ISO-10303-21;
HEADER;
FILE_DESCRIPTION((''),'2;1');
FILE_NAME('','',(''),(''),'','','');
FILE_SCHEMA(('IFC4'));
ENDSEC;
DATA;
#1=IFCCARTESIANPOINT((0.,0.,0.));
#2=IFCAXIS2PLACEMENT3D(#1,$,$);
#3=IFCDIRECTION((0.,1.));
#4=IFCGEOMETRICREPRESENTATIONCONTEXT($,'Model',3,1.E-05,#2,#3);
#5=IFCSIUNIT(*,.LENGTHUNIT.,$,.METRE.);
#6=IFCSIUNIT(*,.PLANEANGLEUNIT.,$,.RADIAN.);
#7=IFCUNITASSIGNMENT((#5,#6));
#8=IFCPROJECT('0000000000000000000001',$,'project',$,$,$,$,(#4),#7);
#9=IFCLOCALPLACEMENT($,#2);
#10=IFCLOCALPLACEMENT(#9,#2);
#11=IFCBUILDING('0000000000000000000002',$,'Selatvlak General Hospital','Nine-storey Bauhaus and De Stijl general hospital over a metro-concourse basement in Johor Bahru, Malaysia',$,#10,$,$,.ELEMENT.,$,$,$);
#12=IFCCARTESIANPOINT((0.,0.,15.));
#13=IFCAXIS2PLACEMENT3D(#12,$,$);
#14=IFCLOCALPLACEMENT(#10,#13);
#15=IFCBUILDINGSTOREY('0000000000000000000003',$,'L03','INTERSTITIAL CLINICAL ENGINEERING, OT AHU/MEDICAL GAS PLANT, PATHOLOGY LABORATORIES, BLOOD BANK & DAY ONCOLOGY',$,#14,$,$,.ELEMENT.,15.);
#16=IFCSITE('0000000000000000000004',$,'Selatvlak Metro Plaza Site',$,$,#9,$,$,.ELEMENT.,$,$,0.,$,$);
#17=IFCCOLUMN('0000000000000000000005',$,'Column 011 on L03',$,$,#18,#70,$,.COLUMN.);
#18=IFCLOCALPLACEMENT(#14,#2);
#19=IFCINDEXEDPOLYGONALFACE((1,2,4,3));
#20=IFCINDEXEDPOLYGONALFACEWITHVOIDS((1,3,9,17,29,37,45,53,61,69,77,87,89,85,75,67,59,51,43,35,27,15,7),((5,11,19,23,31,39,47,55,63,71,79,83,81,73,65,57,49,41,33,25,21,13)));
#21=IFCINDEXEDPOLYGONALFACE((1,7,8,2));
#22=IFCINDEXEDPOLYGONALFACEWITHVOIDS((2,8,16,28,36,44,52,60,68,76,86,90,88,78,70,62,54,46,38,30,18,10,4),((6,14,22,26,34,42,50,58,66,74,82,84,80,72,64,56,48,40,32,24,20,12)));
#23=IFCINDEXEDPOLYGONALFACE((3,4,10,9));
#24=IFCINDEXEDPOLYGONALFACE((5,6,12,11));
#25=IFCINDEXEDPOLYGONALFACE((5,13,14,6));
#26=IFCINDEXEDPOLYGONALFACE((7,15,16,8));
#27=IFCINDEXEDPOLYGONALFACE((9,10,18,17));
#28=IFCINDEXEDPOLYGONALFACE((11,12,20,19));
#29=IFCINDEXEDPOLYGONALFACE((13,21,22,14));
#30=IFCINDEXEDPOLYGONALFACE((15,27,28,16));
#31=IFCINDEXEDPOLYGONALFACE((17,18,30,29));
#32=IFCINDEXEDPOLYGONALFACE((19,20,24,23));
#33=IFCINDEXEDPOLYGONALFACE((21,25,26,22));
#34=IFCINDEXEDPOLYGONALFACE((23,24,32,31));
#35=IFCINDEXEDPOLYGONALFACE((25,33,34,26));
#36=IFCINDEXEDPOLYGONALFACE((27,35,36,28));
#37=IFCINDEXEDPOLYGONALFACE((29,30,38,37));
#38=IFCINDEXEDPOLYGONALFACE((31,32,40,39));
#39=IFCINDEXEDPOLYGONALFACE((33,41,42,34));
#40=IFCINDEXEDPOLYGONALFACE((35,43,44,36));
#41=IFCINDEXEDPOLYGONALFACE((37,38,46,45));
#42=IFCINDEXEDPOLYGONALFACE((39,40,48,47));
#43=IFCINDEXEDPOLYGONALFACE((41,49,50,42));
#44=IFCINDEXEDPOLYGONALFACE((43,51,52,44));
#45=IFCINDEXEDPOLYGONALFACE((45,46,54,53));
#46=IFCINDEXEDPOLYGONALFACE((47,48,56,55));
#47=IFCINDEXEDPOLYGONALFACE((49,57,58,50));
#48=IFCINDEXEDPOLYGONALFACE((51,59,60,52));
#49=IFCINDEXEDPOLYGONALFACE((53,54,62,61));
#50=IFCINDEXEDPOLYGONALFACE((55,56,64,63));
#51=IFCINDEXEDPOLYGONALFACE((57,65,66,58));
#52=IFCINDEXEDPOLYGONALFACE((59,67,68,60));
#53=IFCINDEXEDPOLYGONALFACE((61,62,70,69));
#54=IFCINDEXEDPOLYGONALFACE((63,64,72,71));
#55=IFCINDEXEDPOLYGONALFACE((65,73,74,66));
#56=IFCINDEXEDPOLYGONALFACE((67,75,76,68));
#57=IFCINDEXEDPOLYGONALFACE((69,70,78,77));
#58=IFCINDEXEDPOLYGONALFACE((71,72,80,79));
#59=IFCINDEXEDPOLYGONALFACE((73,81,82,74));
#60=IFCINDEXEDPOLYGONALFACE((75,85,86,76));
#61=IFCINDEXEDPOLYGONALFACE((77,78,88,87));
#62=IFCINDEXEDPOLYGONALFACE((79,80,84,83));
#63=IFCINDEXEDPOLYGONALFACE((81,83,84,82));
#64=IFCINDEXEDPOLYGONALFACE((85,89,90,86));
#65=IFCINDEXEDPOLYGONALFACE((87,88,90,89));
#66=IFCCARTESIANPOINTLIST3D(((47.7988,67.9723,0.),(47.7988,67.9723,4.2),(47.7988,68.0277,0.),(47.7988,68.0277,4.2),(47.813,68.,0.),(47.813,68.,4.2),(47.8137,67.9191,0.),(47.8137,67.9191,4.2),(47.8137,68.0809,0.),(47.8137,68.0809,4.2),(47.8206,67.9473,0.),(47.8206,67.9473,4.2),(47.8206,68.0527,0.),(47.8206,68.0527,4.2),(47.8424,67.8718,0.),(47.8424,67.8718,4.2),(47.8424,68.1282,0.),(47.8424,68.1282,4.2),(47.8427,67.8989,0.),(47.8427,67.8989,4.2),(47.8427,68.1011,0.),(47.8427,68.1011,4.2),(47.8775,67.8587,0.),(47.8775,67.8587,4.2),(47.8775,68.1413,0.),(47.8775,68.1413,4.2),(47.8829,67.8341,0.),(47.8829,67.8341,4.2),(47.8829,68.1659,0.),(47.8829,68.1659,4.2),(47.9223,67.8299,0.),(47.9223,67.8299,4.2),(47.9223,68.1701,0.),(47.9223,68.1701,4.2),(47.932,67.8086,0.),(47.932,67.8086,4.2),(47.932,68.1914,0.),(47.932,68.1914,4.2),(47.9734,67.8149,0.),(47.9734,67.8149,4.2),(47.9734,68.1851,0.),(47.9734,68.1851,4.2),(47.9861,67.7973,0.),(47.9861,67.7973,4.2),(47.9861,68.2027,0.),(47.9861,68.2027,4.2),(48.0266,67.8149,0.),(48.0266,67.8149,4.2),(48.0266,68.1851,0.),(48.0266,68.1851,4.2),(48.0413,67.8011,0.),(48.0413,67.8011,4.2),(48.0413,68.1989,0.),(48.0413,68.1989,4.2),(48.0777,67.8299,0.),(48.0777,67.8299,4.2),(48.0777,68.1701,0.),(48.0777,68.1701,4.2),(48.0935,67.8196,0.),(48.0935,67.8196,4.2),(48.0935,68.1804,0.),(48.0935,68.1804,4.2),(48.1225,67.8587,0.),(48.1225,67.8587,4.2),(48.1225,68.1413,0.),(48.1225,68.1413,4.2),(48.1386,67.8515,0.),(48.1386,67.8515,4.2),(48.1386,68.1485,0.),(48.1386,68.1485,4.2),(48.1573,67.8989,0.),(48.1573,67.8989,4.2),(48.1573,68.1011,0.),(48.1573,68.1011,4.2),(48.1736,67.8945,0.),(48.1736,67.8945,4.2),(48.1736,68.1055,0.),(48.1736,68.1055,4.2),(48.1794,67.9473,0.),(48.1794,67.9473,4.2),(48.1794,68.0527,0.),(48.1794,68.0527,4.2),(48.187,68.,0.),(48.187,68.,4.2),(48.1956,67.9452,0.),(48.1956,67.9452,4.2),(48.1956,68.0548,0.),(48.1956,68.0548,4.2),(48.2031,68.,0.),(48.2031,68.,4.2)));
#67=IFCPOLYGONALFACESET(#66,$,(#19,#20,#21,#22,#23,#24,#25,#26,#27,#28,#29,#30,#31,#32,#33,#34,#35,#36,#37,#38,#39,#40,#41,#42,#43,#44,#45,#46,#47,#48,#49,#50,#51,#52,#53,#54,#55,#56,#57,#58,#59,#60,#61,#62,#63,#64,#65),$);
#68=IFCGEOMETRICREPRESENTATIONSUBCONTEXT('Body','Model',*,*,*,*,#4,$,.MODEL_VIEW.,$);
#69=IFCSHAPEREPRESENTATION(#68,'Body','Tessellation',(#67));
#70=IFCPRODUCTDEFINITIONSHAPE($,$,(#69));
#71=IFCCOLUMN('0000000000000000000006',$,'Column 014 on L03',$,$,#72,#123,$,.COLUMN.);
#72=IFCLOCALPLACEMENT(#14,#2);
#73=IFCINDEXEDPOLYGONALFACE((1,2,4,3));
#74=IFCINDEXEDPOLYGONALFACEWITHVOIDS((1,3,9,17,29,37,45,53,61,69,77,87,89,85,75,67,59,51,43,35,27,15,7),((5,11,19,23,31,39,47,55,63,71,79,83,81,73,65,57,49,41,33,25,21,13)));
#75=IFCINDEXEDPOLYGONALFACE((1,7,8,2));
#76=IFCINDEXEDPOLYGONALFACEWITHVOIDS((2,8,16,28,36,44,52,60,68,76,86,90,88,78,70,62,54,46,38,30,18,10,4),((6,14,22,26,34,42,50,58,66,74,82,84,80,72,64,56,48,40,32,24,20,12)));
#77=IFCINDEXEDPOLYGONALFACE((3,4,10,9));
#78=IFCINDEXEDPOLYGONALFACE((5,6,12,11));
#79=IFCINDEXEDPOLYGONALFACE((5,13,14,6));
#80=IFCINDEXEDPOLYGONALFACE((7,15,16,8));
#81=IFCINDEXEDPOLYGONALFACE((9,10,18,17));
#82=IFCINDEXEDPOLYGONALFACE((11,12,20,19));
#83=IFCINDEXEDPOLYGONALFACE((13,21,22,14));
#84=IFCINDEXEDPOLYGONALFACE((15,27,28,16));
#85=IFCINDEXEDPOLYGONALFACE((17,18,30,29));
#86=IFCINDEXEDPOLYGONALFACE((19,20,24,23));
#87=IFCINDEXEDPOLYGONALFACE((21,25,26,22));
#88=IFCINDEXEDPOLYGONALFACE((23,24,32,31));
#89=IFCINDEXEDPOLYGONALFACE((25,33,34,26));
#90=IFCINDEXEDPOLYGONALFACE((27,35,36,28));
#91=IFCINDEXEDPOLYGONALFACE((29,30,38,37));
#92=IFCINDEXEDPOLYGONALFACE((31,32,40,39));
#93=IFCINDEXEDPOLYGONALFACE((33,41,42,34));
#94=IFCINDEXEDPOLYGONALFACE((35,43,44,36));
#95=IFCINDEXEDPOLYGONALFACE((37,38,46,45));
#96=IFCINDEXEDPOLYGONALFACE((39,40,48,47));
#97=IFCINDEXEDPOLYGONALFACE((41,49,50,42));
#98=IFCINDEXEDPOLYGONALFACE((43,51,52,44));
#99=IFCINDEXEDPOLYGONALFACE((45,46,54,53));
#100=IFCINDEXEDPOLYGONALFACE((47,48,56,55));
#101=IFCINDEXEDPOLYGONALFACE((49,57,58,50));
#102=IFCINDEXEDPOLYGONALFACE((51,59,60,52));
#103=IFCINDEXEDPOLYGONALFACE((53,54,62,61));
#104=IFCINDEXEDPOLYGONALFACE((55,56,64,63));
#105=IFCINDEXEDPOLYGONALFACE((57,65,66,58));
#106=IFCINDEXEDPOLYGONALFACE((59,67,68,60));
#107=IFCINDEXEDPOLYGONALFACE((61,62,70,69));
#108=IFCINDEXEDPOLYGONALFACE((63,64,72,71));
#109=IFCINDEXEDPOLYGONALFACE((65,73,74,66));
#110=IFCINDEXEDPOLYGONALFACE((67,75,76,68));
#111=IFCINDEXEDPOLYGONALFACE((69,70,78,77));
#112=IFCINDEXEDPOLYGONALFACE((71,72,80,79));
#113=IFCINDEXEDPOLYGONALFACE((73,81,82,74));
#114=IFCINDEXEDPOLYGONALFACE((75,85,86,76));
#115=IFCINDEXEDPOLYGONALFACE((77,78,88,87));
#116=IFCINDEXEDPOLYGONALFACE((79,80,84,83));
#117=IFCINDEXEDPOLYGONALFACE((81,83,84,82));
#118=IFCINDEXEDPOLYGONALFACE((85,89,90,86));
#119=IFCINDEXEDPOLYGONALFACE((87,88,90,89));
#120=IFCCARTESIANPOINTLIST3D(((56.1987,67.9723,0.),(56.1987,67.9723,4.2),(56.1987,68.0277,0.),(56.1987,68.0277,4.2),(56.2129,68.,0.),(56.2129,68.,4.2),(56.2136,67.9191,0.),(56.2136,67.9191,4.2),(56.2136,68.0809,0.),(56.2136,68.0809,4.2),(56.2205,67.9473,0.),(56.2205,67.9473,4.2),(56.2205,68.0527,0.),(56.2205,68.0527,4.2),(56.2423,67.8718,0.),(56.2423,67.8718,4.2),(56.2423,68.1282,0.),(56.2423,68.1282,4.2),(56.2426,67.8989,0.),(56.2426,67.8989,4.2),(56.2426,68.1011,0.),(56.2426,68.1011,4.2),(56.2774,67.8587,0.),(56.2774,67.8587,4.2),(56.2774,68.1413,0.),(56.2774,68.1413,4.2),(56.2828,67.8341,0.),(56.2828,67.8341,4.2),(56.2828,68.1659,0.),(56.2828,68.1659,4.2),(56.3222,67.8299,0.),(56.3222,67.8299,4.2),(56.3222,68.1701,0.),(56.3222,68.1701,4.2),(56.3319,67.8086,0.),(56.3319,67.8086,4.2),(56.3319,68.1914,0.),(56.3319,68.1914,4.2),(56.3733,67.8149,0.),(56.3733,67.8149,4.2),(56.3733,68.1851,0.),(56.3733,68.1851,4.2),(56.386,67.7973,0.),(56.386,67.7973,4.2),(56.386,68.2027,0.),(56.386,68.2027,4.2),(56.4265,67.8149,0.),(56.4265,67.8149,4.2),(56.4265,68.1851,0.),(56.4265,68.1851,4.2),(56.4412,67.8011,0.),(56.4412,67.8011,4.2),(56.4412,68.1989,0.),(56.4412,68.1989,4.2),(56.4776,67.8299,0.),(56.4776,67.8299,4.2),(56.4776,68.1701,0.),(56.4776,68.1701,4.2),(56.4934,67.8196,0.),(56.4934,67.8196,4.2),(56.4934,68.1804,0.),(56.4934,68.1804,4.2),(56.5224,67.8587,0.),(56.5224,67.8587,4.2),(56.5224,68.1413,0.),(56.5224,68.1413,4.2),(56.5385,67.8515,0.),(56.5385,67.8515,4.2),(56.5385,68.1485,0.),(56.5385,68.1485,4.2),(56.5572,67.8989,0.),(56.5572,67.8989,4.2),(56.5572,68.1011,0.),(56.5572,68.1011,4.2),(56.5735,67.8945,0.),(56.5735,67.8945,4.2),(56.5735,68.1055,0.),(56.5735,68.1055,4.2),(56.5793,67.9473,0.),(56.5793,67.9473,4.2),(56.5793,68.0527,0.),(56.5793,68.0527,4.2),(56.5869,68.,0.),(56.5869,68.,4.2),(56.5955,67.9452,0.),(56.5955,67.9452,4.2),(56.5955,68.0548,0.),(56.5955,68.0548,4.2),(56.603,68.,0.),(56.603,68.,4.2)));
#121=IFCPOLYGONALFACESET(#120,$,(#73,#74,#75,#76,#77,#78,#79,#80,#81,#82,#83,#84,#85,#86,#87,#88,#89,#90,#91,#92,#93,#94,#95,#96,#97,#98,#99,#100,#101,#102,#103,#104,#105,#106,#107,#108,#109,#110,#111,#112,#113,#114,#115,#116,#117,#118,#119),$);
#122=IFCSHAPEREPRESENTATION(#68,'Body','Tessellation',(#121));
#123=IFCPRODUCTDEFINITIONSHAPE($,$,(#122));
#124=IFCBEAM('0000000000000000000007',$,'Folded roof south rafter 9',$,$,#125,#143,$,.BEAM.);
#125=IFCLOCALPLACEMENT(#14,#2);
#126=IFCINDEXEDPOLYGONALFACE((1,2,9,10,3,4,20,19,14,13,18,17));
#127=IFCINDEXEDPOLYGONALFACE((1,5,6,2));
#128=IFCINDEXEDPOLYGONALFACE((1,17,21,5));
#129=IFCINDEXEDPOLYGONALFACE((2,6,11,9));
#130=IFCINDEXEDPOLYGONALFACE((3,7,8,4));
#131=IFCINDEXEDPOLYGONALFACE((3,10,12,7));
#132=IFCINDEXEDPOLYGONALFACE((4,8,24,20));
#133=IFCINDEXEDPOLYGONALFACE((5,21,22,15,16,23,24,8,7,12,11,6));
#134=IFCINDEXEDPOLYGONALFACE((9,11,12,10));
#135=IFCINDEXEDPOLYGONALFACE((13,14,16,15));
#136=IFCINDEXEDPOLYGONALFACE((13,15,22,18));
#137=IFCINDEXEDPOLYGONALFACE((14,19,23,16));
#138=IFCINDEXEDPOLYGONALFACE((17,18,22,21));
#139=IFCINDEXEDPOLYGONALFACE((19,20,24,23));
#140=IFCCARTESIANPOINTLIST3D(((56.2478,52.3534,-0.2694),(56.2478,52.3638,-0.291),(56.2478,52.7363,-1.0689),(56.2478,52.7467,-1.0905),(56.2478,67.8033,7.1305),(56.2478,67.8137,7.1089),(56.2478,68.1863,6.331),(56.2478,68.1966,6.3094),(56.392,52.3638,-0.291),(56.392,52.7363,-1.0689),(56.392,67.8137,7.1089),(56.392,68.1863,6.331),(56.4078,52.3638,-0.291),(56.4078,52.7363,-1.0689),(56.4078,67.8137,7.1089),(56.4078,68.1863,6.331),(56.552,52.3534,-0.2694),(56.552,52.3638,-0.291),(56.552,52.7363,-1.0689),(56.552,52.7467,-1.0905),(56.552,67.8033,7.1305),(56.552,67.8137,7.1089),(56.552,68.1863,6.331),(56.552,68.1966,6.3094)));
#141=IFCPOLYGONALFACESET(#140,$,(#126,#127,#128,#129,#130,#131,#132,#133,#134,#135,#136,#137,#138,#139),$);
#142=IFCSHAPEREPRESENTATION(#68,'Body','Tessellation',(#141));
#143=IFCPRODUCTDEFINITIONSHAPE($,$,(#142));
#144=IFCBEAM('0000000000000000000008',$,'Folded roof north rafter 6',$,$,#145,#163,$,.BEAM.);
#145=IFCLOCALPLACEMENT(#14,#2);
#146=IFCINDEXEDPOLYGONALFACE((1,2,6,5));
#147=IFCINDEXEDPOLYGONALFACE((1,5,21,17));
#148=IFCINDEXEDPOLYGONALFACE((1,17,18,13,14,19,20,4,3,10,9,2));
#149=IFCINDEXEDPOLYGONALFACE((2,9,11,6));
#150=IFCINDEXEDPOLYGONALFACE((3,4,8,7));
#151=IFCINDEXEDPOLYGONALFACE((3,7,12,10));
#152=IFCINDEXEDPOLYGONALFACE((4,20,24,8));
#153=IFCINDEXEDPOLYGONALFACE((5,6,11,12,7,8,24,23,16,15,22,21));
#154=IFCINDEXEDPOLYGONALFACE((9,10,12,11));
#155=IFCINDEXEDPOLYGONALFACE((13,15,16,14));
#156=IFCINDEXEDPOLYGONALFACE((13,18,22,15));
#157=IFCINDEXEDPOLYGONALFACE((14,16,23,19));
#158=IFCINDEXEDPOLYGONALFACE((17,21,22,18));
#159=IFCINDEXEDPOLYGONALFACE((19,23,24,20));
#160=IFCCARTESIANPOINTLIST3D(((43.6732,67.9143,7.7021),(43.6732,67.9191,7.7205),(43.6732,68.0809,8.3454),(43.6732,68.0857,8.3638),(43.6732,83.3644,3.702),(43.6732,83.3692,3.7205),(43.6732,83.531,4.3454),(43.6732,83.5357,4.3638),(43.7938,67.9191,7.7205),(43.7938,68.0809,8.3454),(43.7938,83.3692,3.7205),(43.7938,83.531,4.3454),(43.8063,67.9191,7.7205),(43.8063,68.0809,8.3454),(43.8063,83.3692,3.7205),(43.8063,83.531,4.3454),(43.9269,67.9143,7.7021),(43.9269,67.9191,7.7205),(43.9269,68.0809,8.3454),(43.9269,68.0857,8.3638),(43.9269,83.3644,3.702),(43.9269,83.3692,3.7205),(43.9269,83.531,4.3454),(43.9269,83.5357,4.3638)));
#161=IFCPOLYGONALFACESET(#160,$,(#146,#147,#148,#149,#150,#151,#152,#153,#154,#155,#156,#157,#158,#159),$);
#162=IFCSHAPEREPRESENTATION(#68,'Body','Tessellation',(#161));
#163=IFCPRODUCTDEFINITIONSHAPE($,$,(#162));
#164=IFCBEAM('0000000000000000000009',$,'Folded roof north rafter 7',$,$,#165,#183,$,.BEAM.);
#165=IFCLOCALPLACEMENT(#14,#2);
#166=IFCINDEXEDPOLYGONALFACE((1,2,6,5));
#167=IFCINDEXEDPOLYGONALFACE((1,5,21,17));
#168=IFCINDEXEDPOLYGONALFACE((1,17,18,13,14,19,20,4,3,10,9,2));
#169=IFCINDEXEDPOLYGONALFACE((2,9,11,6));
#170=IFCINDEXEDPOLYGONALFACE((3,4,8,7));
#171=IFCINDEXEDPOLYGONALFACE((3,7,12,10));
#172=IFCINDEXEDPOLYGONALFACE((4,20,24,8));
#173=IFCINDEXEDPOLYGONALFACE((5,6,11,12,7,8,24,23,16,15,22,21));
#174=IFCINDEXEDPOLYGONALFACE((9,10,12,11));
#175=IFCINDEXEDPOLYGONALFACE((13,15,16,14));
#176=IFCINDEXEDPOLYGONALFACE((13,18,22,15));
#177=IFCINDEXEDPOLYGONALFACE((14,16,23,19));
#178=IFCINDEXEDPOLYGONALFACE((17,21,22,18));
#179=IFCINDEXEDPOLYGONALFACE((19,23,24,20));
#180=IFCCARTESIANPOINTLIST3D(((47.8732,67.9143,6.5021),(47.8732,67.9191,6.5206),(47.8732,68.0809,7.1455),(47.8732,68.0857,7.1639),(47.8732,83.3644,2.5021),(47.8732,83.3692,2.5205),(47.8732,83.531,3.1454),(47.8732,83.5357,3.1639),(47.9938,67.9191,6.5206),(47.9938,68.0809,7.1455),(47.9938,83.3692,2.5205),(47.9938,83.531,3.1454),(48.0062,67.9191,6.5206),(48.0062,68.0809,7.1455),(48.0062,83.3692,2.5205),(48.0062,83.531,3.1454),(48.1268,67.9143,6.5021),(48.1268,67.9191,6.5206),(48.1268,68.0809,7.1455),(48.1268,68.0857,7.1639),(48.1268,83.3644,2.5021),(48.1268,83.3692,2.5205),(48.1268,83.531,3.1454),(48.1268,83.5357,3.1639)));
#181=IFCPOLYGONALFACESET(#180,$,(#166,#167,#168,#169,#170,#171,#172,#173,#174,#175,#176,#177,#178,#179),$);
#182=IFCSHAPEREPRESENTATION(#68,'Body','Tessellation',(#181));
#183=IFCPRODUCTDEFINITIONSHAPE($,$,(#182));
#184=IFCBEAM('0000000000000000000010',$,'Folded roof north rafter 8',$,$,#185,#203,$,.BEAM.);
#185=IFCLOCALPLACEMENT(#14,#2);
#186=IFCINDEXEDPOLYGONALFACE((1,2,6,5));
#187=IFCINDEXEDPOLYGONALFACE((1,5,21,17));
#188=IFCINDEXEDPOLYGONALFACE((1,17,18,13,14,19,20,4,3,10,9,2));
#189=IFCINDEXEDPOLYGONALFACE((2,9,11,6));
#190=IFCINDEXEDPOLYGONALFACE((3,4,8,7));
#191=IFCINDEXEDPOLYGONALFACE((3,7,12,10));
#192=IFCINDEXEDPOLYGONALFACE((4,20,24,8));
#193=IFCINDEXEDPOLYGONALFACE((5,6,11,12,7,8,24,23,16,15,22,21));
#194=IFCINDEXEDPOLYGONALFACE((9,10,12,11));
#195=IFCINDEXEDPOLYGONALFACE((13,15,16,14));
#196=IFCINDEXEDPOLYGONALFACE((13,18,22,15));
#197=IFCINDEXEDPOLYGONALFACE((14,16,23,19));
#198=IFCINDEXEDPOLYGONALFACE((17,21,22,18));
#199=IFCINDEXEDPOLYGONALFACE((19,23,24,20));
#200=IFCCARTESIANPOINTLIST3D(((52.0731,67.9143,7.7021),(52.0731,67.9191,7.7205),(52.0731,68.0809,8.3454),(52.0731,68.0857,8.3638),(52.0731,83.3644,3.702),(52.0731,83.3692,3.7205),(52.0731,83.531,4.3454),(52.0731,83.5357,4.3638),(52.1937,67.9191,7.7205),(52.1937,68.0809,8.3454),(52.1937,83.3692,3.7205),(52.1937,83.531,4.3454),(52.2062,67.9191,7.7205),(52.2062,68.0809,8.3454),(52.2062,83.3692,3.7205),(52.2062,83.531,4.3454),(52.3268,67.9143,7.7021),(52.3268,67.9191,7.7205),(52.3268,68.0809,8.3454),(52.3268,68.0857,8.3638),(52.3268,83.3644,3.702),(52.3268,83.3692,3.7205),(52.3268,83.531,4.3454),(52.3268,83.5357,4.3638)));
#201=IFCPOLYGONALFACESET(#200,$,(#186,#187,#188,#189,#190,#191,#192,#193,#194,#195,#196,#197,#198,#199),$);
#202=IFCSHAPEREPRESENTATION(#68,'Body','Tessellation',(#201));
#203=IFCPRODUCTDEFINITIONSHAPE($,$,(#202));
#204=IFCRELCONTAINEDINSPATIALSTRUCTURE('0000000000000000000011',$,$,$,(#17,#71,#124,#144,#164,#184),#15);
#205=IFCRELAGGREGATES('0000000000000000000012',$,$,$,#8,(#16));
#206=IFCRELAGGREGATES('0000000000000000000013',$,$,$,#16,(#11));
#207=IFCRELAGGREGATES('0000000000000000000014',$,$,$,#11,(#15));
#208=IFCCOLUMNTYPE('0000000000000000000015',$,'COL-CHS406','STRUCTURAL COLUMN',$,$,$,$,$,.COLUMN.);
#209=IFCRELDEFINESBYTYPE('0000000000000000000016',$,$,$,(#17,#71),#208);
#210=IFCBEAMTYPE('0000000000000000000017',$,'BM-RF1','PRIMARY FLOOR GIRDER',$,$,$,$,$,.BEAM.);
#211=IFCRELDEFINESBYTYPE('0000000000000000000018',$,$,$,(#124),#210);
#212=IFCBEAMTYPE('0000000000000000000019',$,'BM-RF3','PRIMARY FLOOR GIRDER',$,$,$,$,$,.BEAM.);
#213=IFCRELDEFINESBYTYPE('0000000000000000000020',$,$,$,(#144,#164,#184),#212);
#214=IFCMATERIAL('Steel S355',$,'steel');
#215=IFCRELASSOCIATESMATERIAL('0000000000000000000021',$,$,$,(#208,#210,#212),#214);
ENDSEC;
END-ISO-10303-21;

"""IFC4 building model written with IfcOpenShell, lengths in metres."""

from ifc_helpers import new_model, si_unit, direction, frame, origin, origin_2d, place, context, subcontext, project, spatial, hollow_circle, i_section, extrude, material, material_profile, profile_set, type_object, element, save


model = new_model("IFC4")

# Units and contexts
model_context = context("Model", 3, precision=1e-05, world=origin(), true_north=direction((0.0, 1.0)))
body_context = subcontext(model_context, "Body", "Model", "MODEL_VIEW")
ifc_project = project(units=[si_unit("LENGTHUNIT", "METRE"), si_unit("PLANEANGLEUNIT", "RADIAN")], contexts=[model_context])

# Site, building, storey
site_placement = place(None, origin())
site = spatial("IfcSite", under=ifc_project, at=site_placement, Name="Selatvlak Metro Plaza Site", CompositionType="ELEMENT", RefElevation=0.0)
building_placement = place(site_placement, origin())
building = spatial("IfcBuilding", under=site, at=building_placement, Name="Selatvlak General Hospital", Description="Nine-storey Bauhaus and De Stijl general hospital over a metro-concourse basement in Johor Bahru, Malaysia", CompositionType="ELEMENT")
storey_placement = place(building_placement, frame((0.0, 0.0, 15.0)))
storey = spatial("IfcBuildingStorey", under=building, at=storey_placement, Name="L03", Description="INTERSTITIAL CLINICAL ENGINEERING, OT AHU/MEDICAL GAS PLANT, PATHOLOGY LABORATORIES, BLOOD BANK & DAY ONCOLOGY", CompositionType="ELEMENT", Elevation=15.0)

# Columns
ifc_material = material(Name="Steel S355", Category="steel")
ifc_material_profile_1 = material_profile(ifc_material, hollow_circle(Radius=0.2031, WallThickness=0.0161, at=origin_2d()), Name="CHS 406.4x16")
ifc_profile_set_1 = profile_set([ifc_material_profile_1], Name="Steel S355")
column_type = type_object("IfcColumnType", Name="COL-CHS406", Description="STRUCTURAL COLUMN", PredefinedType="COLUMN", material=ifc_profile_set_1)
for number, where, z_axis, x_axis, name in (
    (1, (48.0, 68.0, 0.0), (0.0, 0.0, 1.0), (1.0, 0.0, 0.0), "Column 011 on L03"),
    (2, (56.3999, 68.0, 0.0), (0.0, 0.0, 1.0), (1.0, 0.0, 0.0), "Column 014 on L03"),
):
    element("IfcColumn", number, at=place(storey_placement, frame(where, z_axis=z_axis, x_axis=x_axis)), inside=storey, type_object=column_type, Name=name, PredefinedType="COLUMN", context=body_context, shape_type="SweptSolid", body=[
        extrude(hollow_circle(Radius=0.2031, WallThickness=0.0161, at=origin_2d()), origin(), (0.0, 0.0, 1.0), 4.2),
    ])

# Beams
ifc_material_profile_2 = material_profile(ifc_material, i_section(OverallWidth=0.3042, OverallDepth=0.9104, WebThickness=0.0159, FlangeThickness=0.0239, at=origin_2d()), Name="UB 914x305x224")
ifc_profile_set_2 = profile_set([ifc_material_profile_2], Name="Steel S355")
beam_type_1 = type_object("IfcBeamType", Name="BM-RF1", Description="PRIMARY FLOOR GIRDER", PredefinedType="BEAM", material=ifc_profile_set_2)
beam_1_placement = place(storey_placement, frame((56.3999, 52.55, -0.6799), z_axis=(0.0, 0.901889, 0.431968), x_axis=(-1.0, 0.0, 0.0)))
element("IfcBeam", 3, at=beam_1_placement, inside=storey, type_object=beam_type_1, Name="Folded roof south rafter 9", PredefinedType="BEAM", context=body_context, shape_type="SweptSolid", body=[
    extrude(i_section(OverallWidth=0.3042, OverallDepth=0.9104, WebThickness=0.0159, FlangeThickness=0.0239, at=origin_2d()), origin(), (0.0, 0.0, 1.0), 17.1306),
])
ifc_material_profile_3 = material_profile(ifc_material, i_section(OverallWidth=0.2537, OverallDepth=0.6836, WebThickness=0.0125, FlangeThickness=0.019, at=origin_2d()), Name="UB 686x254x140")
ifc_profile_set_3 = profile_set([ifc_material_profile_3], Name="Steel S355")
beam_type_2 = type_object("IfcBeamType", Name="BM-RF3", Description="PRIMARY FLOOR GIRDER", PredefinedType="BEAM", material=ifc_profile_set_3)
for number, where, z_axis, x_axis, name in (
    (4, (43.8, 68.0, 8.033), (0.0, 0.968081, -0.250637), (-1.0, 0.0, 0.0), "Folded roof north rafter 6"),
    (5, (48.0, 68.0, 6.833), (0.0, 0.968081, -0.250637), (-1.0, 0.0, 0.0), "Folded roof north rafter 7"),
    (6, (52.2, 68.0, 8.033), (0.0, 0.968081, -0.250637), (-1.0, 0.0, 0.0), "Folded roof north rafter 8"),
):
    element("IfcBeam", number, at=place(storey_placement, frame(where, z_axis=z_axis, x_axis=x_axis)), inside=storey, type_object=beam_type_2, Name=name, PredefinedType="BEAM", context=body_context, shape_type="SweptSolid", body=[
        extrude(i_section(OverallWidth=0.2537, OverallDepth=0.6836, WebThickness=0.0125, FlangeThickness=0.019, at=origin_2d()), origin(), (0.0, 0.0, 1.0), 15.9595),
    ])

save(model, "model.ifc")
